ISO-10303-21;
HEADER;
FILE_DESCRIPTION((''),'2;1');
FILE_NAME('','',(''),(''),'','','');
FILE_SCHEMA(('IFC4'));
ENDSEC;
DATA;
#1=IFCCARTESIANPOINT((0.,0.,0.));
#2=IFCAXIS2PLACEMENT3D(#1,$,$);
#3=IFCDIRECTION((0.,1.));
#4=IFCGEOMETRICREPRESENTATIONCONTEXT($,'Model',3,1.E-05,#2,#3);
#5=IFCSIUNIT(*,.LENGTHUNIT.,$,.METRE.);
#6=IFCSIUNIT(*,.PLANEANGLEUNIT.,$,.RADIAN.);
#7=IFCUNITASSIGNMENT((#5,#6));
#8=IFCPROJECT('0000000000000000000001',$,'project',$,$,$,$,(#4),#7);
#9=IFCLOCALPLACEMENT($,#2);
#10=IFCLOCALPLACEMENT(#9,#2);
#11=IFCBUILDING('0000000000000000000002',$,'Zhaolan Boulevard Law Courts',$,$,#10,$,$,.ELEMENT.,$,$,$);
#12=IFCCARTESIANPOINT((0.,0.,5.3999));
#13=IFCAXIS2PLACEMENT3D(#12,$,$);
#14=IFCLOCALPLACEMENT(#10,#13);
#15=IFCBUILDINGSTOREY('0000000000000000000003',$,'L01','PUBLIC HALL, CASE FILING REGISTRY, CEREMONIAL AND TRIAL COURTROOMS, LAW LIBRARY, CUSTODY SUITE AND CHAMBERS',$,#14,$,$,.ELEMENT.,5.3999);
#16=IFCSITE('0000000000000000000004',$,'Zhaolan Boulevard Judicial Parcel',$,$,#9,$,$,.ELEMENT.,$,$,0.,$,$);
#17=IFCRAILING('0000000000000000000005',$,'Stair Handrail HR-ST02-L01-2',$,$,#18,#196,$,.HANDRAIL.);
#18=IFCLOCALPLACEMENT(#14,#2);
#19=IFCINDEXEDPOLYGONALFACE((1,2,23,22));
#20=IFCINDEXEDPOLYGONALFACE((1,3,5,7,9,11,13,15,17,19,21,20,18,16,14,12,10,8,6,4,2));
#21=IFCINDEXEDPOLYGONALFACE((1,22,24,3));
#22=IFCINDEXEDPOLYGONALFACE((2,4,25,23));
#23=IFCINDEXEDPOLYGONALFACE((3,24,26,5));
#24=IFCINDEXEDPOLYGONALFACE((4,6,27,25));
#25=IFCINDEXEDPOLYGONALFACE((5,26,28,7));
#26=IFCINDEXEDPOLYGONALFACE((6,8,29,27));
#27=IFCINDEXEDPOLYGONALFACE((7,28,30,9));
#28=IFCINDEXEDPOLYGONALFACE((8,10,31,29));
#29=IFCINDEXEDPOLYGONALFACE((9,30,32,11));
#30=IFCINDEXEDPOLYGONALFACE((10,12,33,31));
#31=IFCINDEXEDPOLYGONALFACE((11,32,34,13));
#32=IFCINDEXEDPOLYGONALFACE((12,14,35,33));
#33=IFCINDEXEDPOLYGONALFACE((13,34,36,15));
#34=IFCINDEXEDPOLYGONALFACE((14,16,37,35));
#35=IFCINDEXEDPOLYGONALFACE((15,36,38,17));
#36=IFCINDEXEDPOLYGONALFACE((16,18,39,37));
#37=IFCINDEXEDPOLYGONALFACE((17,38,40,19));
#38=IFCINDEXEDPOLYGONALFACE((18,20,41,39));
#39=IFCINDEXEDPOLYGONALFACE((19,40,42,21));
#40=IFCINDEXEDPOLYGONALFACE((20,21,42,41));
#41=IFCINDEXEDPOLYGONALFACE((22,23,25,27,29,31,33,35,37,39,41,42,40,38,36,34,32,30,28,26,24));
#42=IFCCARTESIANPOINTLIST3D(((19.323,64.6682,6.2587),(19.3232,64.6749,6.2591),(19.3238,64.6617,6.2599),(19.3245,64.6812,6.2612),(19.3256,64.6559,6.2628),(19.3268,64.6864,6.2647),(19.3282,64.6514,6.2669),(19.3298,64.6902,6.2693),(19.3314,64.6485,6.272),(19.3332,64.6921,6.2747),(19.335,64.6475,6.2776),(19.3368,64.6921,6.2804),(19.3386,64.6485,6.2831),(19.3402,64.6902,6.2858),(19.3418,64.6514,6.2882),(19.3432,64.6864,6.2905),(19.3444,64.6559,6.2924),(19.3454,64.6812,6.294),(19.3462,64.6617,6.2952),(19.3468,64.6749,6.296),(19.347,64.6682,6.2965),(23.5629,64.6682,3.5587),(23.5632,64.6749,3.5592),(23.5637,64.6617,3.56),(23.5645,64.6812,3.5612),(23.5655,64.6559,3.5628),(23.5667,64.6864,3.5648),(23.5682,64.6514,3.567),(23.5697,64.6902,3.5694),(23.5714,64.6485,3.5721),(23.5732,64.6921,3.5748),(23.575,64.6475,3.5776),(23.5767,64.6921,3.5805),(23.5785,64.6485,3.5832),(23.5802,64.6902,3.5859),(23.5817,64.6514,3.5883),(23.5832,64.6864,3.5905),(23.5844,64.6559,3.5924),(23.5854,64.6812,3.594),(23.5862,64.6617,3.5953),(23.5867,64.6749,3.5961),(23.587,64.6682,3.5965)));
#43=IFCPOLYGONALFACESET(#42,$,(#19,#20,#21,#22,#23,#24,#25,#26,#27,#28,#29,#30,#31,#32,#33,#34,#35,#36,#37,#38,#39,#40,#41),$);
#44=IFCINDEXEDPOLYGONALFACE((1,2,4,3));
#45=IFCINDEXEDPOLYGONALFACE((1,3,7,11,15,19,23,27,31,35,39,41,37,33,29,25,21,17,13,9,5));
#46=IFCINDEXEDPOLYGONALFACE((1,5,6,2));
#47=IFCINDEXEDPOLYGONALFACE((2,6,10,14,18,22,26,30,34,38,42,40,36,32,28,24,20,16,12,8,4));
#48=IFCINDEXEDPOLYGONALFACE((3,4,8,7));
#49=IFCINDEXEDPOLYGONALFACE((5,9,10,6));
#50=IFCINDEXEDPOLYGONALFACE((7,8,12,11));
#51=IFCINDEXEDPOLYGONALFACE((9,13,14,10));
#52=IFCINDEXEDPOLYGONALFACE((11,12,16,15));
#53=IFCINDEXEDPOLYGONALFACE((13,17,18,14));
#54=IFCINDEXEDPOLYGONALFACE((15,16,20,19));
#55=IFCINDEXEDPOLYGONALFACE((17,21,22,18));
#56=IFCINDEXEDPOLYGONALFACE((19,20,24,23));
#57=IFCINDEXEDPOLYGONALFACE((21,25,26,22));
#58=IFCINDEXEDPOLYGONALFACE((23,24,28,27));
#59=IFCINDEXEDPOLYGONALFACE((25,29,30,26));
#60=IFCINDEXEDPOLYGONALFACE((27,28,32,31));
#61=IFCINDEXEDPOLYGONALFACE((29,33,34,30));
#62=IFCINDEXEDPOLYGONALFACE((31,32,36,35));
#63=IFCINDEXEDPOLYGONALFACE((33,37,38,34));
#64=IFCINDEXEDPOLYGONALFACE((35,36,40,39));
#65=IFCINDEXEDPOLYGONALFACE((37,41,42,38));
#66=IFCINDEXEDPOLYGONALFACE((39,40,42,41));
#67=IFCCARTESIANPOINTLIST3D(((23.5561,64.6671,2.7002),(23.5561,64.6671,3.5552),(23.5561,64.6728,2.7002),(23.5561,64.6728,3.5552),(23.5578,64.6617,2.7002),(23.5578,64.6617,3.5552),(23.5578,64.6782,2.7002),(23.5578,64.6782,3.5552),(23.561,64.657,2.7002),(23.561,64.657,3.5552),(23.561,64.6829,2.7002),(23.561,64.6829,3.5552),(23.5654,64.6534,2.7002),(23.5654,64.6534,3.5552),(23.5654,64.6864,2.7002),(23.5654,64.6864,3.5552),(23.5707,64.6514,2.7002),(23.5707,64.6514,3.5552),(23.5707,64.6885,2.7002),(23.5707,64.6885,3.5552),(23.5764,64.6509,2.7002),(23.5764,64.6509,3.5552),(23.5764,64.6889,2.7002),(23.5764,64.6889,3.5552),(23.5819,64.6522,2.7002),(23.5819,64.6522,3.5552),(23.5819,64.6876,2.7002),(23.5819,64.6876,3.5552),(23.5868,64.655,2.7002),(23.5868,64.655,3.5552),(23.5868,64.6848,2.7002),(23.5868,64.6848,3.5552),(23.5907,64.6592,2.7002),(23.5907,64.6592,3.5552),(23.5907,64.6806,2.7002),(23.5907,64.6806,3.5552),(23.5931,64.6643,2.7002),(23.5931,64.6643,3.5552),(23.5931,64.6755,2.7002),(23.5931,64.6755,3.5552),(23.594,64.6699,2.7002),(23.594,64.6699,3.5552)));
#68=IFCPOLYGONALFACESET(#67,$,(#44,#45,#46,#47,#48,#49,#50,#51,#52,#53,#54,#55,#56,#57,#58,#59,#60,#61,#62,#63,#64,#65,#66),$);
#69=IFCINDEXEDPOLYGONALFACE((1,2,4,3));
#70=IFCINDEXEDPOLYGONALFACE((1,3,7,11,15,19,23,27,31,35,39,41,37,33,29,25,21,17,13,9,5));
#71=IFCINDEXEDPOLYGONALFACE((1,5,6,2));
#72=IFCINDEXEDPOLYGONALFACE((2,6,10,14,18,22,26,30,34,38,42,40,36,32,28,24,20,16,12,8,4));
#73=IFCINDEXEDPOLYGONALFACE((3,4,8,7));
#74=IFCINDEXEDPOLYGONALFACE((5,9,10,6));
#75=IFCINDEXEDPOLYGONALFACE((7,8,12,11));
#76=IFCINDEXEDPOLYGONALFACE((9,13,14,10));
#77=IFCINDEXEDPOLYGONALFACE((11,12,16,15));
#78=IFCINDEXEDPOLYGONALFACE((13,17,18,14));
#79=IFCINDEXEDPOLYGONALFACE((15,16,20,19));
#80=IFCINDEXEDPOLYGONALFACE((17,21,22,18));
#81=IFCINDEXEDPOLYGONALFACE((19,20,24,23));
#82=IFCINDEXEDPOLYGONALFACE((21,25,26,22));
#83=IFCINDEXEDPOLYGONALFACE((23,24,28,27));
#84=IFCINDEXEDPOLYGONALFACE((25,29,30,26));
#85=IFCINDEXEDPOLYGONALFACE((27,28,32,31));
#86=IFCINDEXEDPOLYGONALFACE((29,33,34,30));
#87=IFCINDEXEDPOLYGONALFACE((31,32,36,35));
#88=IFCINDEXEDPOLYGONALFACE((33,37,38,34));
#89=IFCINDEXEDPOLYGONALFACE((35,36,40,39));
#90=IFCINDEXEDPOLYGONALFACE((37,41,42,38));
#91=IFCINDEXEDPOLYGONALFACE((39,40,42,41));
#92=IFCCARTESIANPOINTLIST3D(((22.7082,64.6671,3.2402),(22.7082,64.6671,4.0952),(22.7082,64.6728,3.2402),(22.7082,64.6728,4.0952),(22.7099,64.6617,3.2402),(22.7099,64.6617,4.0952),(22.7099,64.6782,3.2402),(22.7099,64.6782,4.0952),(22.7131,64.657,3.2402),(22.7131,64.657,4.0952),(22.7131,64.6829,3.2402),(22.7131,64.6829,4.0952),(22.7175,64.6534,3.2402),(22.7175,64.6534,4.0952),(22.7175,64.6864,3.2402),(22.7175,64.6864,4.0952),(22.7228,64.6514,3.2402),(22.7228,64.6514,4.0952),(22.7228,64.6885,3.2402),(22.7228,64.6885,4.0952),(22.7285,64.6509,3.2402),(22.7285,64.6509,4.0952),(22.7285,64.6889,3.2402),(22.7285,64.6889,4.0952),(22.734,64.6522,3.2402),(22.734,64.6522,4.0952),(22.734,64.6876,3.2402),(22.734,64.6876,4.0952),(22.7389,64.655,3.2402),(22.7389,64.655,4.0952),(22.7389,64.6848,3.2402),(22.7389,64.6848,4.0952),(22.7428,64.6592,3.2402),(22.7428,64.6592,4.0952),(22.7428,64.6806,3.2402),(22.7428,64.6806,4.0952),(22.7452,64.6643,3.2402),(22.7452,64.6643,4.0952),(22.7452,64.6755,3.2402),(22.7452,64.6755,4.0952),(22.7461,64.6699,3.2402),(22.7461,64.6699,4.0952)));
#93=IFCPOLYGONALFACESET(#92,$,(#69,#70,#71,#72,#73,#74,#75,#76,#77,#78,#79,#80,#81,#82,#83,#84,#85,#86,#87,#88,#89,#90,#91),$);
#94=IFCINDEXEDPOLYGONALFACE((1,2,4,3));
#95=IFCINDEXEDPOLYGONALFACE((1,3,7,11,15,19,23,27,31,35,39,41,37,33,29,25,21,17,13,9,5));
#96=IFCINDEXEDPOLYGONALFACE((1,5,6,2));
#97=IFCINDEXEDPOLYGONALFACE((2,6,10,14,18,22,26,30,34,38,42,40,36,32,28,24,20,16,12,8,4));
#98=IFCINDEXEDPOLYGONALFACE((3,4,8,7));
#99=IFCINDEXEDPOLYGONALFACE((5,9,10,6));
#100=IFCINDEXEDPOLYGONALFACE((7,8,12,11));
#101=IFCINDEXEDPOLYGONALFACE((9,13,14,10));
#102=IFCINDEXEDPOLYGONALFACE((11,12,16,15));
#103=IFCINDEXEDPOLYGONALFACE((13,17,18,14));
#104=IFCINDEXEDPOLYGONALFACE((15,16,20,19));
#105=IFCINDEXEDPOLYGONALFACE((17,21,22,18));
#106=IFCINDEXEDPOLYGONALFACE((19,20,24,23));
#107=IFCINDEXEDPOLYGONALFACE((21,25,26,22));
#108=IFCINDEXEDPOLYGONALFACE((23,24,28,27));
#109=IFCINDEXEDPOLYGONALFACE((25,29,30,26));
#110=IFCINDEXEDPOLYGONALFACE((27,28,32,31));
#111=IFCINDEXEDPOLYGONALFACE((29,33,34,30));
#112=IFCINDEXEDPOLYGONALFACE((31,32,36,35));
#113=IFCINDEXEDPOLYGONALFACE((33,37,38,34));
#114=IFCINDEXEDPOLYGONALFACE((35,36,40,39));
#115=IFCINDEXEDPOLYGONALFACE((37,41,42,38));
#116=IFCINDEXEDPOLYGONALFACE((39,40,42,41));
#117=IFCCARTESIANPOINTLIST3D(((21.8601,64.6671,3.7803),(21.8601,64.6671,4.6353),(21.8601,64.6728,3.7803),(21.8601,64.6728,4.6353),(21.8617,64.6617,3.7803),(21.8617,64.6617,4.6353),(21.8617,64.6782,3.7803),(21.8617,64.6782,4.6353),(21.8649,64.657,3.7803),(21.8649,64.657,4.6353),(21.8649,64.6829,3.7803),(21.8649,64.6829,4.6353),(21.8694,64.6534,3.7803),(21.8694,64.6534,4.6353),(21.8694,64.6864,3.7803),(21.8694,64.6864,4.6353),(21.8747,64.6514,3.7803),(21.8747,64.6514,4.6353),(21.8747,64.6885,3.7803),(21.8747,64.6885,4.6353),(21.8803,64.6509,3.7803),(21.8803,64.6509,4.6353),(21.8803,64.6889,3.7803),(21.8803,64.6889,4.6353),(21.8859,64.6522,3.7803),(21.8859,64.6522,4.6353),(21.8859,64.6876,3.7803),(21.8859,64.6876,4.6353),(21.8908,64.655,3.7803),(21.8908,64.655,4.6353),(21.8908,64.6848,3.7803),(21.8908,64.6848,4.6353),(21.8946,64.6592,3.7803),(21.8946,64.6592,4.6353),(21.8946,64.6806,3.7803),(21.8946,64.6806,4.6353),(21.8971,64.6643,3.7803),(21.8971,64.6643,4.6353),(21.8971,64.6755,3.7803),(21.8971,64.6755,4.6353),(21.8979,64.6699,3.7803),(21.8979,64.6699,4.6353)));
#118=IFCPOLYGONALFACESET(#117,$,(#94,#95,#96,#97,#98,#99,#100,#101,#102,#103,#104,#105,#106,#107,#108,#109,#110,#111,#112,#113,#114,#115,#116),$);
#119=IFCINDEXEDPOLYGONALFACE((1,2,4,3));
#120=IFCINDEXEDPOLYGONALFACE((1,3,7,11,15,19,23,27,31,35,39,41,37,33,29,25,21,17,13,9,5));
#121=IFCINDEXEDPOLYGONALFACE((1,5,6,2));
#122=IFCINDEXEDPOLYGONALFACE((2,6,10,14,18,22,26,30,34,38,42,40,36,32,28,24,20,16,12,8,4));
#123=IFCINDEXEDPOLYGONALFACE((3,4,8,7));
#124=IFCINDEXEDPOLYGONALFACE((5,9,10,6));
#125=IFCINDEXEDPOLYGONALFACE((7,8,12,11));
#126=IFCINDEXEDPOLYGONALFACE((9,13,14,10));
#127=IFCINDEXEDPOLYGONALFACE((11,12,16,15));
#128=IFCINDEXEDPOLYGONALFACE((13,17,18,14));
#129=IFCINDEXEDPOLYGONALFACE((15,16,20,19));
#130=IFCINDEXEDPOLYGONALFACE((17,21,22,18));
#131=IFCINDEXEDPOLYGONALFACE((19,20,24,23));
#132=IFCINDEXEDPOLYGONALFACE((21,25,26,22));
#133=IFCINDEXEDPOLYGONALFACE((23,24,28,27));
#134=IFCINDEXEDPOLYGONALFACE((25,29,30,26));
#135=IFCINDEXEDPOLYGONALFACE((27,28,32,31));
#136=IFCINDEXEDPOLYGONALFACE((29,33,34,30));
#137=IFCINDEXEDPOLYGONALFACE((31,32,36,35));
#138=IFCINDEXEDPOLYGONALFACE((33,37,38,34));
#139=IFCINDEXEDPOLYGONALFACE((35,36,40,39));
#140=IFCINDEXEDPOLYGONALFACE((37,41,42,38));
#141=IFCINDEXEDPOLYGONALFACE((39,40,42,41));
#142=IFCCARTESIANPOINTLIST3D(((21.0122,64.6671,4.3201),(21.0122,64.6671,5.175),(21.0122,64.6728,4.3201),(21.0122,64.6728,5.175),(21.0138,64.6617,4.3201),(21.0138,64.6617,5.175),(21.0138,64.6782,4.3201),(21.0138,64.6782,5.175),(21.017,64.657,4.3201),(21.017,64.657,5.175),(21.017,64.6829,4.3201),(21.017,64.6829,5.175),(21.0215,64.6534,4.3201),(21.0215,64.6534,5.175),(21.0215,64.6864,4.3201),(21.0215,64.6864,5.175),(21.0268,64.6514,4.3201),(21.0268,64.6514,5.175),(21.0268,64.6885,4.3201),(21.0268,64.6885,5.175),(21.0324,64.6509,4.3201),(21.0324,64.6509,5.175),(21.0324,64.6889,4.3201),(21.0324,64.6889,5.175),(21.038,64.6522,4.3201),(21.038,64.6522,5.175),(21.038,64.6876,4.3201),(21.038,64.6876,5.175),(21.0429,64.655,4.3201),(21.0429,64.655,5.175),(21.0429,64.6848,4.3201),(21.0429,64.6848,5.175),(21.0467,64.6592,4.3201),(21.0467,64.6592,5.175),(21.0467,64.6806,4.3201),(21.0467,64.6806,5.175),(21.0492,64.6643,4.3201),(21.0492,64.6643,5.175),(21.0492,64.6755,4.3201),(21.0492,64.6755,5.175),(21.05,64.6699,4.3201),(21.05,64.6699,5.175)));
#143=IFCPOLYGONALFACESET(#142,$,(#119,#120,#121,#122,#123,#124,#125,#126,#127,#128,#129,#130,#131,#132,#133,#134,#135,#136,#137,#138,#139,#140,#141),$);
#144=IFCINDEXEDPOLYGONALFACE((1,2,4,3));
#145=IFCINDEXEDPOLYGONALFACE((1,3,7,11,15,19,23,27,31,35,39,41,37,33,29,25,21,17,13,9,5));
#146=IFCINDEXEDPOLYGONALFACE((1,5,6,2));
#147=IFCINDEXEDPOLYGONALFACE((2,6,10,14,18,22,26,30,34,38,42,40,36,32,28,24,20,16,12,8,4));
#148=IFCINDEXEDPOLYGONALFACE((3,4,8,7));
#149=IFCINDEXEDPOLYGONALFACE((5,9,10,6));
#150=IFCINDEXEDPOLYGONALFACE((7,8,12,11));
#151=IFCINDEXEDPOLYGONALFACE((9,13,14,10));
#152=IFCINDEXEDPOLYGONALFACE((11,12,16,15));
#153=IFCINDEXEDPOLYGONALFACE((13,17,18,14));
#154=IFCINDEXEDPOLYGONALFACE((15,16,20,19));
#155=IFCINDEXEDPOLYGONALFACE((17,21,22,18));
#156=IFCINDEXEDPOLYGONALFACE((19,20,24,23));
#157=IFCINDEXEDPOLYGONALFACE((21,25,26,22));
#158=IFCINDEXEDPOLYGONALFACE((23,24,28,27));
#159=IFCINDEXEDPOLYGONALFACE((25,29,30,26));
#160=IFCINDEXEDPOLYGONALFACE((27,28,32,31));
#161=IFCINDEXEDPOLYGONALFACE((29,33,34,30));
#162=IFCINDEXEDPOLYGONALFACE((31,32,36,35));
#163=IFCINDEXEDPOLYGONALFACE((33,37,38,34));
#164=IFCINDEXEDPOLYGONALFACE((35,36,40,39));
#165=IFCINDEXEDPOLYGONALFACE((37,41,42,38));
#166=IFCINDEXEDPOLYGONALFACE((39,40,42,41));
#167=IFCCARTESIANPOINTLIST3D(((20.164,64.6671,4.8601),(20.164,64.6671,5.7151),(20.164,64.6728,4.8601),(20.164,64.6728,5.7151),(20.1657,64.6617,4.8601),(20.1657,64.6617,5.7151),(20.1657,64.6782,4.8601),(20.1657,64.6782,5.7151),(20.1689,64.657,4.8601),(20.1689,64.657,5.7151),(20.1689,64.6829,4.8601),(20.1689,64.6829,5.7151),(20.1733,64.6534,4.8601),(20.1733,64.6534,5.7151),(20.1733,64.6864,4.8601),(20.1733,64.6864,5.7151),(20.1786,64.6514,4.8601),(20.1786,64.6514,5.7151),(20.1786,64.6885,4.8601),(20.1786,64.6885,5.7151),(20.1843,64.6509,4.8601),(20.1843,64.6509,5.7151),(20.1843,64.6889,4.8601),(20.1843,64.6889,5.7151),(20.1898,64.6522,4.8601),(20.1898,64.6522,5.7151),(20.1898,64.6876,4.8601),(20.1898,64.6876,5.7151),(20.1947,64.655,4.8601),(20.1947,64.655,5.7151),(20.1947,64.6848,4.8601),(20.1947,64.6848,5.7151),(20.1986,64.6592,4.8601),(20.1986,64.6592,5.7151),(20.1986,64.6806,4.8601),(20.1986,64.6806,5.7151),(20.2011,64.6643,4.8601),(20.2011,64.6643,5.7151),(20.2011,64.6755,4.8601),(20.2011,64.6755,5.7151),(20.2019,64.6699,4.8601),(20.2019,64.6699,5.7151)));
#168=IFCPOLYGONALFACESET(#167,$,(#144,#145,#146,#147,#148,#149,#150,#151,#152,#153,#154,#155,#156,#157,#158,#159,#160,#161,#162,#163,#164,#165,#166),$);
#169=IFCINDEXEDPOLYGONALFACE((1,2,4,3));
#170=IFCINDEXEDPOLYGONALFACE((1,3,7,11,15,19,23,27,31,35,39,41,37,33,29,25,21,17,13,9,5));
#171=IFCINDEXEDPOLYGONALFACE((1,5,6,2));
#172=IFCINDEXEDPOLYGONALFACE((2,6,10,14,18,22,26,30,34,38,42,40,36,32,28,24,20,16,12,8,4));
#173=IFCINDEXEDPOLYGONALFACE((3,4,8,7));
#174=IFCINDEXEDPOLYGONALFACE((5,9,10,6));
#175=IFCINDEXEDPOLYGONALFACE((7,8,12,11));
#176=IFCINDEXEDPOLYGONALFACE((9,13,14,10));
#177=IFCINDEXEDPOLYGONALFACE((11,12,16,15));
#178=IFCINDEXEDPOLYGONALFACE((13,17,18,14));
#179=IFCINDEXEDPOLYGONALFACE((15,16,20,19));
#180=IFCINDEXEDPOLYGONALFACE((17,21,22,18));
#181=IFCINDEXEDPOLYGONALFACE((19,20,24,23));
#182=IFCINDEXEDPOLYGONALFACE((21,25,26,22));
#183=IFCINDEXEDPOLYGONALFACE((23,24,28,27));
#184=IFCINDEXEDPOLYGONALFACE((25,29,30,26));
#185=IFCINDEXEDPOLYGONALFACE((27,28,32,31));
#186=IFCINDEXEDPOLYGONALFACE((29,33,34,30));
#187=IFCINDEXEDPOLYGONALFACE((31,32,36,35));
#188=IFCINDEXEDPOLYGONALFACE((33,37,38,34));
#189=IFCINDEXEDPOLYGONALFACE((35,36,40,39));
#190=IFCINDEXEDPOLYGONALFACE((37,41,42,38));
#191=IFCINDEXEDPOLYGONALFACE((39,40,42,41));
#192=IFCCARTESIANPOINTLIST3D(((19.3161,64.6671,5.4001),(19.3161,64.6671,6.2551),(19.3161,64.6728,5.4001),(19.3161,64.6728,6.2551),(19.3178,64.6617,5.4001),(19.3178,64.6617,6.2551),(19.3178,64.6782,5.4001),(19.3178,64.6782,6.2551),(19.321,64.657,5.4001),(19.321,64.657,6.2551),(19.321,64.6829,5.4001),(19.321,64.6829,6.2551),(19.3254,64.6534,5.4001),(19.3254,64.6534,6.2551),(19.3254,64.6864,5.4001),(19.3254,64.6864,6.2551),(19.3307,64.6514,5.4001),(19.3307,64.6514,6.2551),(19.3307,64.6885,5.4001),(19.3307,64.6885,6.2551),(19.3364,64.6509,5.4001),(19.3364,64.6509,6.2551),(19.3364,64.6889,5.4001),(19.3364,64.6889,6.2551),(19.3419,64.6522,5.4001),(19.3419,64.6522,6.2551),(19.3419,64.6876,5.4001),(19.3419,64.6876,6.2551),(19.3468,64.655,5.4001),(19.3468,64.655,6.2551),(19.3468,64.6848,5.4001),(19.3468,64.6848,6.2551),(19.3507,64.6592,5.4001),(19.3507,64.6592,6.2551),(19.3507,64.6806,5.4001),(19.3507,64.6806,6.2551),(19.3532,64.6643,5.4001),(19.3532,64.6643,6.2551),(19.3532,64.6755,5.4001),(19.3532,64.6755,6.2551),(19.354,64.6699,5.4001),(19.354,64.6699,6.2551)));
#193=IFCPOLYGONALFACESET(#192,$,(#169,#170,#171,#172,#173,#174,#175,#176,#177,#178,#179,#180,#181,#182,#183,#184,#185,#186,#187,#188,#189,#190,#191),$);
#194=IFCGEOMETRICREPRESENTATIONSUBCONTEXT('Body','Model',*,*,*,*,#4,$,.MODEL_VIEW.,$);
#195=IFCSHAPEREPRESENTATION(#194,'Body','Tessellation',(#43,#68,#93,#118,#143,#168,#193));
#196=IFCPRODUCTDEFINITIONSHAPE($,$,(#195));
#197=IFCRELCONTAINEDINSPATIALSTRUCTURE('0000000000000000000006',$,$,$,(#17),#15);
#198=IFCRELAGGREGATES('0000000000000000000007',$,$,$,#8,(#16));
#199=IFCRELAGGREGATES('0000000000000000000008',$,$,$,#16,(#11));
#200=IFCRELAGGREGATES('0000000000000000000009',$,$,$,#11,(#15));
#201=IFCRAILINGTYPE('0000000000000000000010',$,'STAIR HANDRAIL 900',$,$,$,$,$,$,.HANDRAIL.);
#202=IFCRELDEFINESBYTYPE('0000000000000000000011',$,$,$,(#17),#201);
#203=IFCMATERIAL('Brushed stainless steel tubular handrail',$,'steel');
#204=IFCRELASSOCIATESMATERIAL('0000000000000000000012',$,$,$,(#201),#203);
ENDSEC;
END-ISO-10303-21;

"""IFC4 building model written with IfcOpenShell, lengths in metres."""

from ifc_helpers import new_model, si_unit, direction, frame, origin, origin_2d, place, context, subcontext, project, spatial, circle, extrude, material, type_object, element, save


model = new_model("IFC4")

# Units and contexts
model_context = context("Model", 3, precision=1e-05, world=origin(), true_north=direction((0.0, 1.0)))
body_context = subcontext(model_context, "Body", "Model", "MODEL_VIEW")
ifc_project = project(units=[si_unit("LENGTHUNIT", "METRE"), si_unit("PLANEANGLEUNIT", "RADIAN")], contexts=[model_context])

# Site, building, storey
site_placement = place(None, origin())
site = spatial("IfcSite", under=ifc_project, at=site_placement, Name="Zhaolan Boulevard Judicial Parcel", CompositionType="ELEMENT", RefElevation=0.0)
building_placement = place(site_placement, origin())
building = spatial("IfcBuilding", under=site, at=building_placement, Name="Zhaolan Boulevard Law Courts", CompositionType="ELEMENT")
storey_placement = place(building_placement, frame((0.0, 0.0, 5.3999)))
storey = spatial("IfcBuildingStorey", under=building, at=storey_placement, Name="L01", Description="PUBLIC HALL, CASE FILING REGISTRY, CEREMONIAL AND TRIAL COURTROOMS, LAW LIBRARY, CUSTODY SUITE AND CHAMBERS", CompositionType="ELEMENT", Elevation=5.3999)

# Railing
ifc_material_1 = material(Name="Brushed stainless steel tubular handrail", Category="steel")
railing_type_1 = type_object("IfcRailingType", Name="STAIR HANDRAIL 900", PredefinedType="HANDRAIL", material=ifc_material_1)
railing_1_placement = place(storey_placement, frame((23.575, 64.6699, 2.7002)))
element("IfcRailing", 1, at=railing_1_placement, inside=storey, type_object=railing_type_1, Name="Stair Handrail HR-ST02-L01-2", PredefinedType="HANDRAIL", context=body_context, shape_type="SweptSolid", body=[
    extrude(circle(Radius=0.0225, at=origin_2d()), frame((0.0, 0.0, 0.8774), z_axis=(-0.843501, 0.0, 0.537127), x_axis=(0.0, -1.0, 0.0)), (0.0, 0.0, 1.0), 5.0266),
    extrude(circle(Radius=0.019, at=origin_2d()), origin(), (0.0, 0.0, 1.0), 0.855),
    extrude(circle(Radius=0.019, at=origin_2d()), frame((-0.8479, 0.0, 0.54)), (0.0, 0.0, 1.0), 0.855),
    extrude(circle(Radius=0.019, at=origin_2d()), frame((-1.696, 0.0, 1.0801)), (0.0, 0.0, 1.0), 0.855),
    extrude(circle(Radius=0.019, at=origin_2d()), frame((-2.5439, 0.0, 1.6199)), (0.0, 0.0, 1.0), 0.855),
    extrude(circle(Radius=0.019, at=origin_2d()), frame((-3.3921, 0.0, 2.1599)), (0.0, 0.0, 1.0), 0.855),
    extrude(circle(Radius=0.019, at=origin_2d()), frame((-4.24, 0.0, 2.7)), (0.0, 0.0, 1.0), 0.855),
])

save(model, "model.ifc")
